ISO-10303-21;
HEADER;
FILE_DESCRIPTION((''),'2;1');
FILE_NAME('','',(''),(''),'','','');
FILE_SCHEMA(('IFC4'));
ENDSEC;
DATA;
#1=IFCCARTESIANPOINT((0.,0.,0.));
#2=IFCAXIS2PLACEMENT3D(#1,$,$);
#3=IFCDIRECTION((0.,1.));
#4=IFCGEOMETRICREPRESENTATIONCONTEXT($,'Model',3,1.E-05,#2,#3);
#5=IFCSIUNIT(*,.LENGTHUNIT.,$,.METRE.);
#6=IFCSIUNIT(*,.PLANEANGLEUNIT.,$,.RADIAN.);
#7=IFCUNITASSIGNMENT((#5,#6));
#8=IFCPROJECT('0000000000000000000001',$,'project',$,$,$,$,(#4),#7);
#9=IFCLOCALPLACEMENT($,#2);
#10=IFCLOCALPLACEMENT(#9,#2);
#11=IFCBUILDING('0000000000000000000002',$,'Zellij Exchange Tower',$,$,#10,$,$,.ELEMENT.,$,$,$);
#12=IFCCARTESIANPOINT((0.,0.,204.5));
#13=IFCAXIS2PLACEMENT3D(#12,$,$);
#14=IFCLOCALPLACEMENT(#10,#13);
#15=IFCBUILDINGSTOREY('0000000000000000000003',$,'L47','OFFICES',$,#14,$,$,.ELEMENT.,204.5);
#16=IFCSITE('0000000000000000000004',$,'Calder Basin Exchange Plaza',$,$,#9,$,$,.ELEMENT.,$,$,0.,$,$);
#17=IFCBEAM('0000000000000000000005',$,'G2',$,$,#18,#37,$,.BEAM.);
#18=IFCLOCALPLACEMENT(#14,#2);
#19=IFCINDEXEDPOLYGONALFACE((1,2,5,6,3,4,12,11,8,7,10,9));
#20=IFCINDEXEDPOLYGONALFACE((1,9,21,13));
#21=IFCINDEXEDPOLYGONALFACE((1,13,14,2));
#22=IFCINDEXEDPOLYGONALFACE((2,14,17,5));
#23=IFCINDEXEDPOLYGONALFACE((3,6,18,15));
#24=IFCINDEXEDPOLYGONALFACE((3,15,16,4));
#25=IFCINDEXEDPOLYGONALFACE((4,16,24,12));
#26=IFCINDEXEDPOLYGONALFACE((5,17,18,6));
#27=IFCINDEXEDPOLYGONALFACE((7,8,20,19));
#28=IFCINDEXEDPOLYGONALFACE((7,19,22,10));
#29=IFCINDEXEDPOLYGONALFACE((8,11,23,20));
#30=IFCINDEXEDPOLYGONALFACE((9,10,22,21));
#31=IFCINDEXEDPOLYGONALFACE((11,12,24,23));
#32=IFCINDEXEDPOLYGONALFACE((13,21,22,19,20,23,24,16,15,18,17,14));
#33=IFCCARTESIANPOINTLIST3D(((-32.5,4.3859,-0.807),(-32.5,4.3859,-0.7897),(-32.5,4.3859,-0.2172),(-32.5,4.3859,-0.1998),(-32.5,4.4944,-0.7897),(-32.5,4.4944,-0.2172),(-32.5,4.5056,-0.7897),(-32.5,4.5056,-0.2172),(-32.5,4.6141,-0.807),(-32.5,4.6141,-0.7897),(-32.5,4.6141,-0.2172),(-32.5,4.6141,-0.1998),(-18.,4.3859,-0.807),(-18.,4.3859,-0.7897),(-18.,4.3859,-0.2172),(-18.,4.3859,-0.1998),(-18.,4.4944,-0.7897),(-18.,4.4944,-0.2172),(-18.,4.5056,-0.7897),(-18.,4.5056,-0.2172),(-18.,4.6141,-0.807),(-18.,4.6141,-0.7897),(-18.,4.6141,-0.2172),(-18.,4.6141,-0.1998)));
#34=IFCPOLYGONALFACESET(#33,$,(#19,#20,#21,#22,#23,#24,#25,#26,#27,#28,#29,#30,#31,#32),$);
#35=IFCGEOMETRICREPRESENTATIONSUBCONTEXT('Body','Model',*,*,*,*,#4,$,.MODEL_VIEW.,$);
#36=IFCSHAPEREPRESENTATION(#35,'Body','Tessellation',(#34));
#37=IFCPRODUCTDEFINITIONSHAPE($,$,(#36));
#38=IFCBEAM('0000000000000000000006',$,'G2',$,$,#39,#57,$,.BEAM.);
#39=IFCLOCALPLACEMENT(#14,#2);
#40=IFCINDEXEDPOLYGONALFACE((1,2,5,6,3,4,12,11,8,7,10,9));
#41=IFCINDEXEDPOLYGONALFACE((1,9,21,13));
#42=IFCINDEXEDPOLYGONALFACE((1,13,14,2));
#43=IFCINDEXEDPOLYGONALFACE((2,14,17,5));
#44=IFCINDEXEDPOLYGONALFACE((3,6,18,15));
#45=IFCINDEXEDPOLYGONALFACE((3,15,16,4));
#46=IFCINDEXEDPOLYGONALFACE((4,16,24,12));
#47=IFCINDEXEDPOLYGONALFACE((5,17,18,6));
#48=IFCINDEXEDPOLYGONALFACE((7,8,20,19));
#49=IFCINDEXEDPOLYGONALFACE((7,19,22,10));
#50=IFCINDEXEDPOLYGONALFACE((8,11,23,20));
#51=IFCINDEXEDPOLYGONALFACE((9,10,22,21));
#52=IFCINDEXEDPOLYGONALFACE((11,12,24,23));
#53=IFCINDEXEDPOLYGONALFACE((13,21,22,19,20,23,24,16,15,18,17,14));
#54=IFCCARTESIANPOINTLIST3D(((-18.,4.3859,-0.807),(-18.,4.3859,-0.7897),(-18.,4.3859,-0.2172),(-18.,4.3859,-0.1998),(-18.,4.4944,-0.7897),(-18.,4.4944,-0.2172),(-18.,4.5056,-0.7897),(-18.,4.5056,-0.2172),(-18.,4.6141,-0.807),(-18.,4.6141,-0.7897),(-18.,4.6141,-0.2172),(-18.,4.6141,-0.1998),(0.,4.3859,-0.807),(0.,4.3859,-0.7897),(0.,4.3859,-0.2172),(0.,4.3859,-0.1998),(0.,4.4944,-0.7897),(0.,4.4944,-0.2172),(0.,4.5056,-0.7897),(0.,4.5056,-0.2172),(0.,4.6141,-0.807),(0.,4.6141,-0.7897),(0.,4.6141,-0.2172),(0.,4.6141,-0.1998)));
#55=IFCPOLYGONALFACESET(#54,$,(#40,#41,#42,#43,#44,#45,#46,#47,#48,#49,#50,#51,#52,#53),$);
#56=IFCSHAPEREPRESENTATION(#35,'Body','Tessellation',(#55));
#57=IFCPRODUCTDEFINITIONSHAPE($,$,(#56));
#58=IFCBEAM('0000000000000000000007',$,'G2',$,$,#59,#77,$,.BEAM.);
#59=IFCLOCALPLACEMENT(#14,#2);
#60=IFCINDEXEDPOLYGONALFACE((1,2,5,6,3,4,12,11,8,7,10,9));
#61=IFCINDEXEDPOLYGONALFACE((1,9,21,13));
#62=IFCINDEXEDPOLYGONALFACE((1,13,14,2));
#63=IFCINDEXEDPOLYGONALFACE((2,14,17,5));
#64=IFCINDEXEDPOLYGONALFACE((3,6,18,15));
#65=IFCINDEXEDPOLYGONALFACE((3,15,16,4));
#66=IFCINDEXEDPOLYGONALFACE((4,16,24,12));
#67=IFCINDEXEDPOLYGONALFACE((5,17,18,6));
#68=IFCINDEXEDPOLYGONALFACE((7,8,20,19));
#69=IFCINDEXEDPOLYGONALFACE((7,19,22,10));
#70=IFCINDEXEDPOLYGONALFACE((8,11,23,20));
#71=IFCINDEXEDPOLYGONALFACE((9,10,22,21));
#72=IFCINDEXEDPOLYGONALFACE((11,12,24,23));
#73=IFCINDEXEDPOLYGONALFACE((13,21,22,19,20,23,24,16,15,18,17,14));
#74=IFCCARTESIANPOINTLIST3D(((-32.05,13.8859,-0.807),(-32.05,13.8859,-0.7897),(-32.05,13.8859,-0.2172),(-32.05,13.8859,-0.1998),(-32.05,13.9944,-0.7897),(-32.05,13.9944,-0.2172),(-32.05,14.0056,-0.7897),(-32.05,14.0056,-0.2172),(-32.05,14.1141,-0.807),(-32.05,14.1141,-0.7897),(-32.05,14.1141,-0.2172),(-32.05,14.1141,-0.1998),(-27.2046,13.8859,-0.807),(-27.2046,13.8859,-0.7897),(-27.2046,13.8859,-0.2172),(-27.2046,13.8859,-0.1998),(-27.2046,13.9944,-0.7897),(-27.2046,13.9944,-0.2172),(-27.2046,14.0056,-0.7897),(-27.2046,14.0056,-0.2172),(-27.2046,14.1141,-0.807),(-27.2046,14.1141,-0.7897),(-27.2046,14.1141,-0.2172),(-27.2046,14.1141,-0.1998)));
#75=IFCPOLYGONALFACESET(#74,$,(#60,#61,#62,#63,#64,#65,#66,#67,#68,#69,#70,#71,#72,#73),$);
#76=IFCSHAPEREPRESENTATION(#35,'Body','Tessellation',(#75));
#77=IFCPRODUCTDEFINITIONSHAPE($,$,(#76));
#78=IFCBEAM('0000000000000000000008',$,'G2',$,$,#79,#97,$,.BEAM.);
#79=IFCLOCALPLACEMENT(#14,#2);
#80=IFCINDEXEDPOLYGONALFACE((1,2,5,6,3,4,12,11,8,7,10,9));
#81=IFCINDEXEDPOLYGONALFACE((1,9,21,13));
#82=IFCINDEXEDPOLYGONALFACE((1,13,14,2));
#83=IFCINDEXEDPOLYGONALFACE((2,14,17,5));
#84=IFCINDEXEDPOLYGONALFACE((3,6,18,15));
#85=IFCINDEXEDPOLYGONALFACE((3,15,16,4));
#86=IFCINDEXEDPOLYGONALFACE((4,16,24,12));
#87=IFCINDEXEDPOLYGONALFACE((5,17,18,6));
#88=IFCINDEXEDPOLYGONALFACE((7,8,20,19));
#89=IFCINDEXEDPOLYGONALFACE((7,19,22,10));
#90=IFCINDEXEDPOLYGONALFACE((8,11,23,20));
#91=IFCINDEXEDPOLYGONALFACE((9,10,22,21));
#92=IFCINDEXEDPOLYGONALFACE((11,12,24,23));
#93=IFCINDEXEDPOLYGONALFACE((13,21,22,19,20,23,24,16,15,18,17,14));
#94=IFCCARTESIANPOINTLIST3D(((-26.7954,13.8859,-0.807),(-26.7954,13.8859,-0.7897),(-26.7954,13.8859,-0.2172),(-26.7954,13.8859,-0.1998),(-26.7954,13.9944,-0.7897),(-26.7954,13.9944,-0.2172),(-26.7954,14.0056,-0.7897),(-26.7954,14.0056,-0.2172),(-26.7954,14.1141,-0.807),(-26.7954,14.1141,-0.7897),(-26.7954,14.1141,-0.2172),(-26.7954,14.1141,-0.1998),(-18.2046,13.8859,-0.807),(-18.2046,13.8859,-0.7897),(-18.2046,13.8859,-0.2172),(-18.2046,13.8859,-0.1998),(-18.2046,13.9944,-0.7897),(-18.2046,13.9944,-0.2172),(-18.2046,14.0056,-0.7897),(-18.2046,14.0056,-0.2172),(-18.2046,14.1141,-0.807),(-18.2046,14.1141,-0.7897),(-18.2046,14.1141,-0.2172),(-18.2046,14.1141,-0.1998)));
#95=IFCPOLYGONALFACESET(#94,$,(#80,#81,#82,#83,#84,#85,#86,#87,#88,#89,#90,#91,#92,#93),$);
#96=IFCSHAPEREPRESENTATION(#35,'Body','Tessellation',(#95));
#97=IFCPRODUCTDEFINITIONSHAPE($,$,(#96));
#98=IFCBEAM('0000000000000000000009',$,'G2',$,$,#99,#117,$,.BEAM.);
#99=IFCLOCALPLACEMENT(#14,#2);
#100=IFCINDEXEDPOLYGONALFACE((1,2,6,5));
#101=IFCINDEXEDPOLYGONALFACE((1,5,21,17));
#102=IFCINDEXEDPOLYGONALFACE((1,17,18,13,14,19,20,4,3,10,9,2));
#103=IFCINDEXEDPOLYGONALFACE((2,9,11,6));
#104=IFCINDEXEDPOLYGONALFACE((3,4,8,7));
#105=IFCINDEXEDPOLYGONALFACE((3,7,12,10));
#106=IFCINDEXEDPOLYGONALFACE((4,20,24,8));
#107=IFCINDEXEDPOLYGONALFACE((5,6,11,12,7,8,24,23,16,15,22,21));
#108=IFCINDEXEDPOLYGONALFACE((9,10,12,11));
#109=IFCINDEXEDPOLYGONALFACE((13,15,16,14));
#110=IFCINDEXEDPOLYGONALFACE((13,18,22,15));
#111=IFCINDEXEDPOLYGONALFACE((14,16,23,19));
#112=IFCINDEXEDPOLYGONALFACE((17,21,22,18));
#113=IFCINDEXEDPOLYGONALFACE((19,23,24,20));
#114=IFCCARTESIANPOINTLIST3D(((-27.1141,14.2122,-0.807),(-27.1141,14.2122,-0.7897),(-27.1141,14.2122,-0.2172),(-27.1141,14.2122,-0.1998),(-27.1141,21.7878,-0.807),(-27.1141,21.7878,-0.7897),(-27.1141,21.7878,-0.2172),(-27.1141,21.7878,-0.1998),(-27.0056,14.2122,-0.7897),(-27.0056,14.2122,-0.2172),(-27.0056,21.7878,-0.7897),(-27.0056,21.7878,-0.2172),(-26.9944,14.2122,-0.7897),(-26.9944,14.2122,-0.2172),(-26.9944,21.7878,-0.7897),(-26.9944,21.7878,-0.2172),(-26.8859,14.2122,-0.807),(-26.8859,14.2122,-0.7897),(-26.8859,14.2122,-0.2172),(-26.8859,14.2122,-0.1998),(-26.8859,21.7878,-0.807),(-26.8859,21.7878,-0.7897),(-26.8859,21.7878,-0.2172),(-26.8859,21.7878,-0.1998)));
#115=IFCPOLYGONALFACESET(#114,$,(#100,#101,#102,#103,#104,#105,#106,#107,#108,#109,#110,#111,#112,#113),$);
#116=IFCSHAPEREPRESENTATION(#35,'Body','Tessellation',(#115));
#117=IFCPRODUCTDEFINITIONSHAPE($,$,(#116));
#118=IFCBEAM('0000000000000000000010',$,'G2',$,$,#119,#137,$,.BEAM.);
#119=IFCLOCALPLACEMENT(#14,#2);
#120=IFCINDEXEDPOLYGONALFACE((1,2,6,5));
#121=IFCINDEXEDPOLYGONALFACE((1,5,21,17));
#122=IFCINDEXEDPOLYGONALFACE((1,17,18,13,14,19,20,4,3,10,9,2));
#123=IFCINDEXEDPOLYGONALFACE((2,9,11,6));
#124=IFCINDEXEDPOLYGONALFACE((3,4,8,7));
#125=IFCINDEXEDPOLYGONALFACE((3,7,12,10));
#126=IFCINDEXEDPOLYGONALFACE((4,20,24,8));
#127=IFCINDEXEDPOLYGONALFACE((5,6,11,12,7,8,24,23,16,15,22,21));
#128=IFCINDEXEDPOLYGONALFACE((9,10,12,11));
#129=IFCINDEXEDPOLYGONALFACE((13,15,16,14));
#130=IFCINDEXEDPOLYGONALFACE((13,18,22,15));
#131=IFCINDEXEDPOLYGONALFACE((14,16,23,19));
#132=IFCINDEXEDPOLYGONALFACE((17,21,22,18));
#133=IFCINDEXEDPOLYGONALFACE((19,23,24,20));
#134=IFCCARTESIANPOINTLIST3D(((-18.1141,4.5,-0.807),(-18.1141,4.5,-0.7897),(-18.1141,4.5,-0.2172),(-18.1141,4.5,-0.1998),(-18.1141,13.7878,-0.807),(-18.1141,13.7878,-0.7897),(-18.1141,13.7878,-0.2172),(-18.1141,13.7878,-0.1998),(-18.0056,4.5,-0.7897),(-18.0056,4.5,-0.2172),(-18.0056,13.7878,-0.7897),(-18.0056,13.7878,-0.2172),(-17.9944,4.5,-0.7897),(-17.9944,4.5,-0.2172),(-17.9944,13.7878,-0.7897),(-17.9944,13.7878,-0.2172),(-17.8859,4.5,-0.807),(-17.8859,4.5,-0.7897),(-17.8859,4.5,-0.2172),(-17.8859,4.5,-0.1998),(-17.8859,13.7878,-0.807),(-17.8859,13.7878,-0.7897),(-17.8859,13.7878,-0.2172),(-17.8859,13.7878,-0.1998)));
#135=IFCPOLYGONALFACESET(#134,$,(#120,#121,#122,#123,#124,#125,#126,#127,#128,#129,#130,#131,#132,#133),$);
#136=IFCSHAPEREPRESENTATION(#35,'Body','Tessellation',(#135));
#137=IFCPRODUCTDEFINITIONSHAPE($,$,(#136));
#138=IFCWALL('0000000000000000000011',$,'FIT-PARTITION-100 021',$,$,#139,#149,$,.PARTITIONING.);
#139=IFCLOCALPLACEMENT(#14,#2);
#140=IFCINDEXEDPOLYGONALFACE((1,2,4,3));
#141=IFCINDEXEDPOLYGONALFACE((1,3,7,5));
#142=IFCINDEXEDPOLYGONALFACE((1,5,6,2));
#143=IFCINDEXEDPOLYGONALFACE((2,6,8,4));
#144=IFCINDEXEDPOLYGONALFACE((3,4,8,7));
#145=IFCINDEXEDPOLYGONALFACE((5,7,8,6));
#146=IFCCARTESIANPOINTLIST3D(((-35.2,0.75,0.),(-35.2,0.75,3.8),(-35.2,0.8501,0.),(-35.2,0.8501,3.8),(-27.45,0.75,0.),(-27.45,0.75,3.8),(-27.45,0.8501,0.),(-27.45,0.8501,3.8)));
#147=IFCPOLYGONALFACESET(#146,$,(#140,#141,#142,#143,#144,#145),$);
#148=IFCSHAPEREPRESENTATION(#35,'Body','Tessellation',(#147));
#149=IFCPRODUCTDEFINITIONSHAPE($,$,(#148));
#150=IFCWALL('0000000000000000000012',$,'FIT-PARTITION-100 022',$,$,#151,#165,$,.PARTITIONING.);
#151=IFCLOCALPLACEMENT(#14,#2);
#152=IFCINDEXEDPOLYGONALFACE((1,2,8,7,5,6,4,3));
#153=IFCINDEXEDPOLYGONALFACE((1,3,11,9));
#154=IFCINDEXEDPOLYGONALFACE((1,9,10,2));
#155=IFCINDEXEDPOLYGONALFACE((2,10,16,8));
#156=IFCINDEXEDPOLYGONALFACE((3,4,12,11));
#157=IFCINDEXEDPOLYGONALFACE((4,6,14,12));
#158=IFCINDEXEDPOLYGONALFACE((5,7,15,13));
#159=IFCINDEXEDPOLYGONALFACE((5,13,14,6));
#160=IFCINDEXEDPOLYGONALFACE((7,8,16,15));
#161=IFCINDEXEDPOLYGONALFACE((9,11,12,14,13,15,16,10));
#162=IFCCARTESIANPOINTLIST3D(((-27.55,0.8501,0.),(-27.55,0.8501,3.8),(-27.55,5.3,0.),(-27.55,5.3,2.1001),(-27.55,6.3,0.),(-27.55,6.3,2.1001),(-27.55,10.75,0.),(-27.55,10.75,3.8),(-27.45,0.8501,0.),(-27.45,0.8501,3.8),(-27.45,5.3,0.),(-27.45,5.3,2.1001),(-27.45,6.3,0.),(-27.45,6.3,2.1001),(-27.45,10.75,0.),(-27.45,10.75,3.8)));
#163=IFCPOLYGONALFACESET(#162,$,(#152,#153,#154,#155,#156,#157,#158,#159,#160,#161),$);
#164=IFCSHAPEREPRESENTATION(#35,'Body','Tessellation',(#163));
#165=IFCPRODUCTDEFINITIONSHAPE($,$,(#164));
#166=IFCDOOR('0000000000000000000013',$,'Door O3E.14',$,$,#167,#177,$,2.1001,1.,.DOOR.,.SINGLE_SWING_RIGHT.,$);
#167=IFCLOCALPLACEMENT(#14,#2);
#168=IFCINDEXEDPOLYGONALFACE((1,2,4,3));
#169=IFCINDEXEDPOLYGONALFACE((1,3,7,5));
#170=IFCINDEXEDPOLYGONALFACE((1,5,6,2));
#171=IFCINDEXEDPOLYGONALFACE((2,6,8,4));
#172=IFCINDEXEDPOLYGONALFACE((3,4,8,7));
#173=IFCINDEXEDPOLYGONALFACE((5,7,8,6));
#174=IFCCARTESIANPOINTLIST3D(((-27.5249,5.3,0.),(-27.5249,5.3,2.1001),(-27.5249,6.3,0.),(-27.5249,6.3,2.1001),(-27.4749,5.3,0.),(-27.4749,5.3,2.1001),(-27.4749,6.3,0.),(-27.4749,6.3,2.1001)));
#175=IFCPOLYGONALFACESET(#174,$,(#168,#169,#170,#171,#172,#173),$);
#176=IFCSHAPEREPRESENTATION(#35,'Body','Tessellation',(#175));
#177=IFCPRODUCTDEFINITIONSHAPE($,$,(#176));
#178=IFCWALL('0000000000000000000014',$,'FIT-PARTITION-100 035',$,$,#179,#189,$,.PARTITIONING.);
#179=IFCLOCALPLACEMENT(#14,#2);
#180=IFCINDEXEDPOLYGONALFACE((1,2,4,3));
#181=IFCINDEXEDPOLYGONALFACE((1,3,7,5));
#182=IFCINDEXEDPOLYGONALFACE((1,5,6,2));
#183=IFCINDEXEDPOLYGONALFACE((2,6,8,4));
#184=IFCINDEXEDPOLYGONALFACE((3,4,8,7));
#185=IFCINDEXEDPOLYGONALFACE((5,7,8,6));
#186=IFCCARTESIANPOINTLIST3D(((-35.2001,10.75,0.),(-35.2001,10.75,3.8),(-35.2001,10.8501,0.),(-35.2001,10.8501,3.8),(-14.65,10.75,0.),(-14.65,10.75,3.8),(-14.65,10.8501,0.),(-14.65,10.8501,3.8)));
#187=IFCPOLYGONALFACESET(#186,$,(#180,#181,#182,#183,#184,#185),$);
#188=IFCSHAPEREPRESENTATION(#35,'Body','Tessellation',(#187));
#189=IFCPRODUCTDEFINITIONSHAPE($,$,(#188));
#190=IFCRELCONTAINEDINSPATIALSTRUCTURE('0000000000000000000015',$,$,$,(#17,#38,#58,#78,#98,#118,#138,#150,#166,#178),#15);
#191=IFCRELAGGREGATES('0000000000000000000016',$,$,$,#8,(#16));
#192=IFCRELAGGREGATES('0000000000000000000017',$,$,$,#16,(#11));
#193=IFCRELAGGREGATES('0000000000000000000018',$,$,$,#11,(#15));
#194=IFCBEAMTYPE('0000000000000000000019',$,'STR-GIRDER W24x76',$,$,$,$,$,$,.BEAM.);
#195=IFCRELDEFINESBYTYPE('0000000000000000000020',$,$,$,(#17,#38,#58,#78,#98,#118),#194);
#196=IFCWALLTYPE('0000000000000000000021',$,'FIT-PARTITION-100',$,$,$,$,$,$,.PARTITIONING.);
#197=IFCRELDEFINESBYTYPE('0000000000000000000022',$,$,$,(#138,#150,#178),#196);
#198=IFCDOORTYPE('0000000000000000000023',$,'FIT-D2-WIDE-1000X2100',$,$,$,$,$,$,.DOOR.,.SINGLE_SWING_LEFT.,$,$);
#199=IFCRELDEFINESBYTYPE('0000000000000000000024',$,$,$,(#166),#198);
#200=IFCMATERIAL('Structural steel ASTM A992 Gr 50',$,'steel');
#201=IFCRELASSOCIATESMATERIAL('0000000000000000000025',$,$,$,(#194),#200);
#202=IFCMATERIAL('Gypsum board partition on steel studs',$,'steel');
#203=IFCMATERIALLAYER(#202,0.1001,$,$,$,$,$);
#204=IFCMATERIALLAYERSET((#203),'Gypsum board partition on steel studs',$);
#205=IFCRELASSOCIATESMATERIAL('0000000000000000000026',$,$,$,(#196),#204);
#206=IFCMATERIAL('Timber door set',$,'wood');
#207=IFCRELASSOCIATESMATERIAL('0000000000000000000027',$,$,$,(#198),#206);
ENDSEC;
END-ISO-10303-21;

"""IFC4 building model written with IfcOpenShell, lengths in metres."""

from ifc_helpers import new_model, si_unit, direction, frame, frame_2d, origin, origin_2d, place, context, subcontext, project, spatial, rectangle, i_section, extrude, material, layer, layer_set, material_profile, profile_set, type_object, element, fill, save


model = new_model("IFC4")

# Units and contexts
model_context = context("Model", 3, precision=1e-05, world=origin(), true_north=direction((0.0, 1.0)))
body_context = subcontext(model_context, "Body", "Model", "MODEL_VIEW")
ifc_project = project(units=[si_unit("LENGTHUNIT", "METRE"), si_unit("PLANEANGLEUNIT", "RADIAN")], contexts=[model_context])

# Site, building, storey
site_placement = place(None, origin())
site = spatial("IfcSite", under=ifc_project, at=site_placement, Name="Calder Basin Exchange Plaza", CompositionType="ELEMENT", RefElevation=0.0)
building_placement = place(site_placement, origin())
building = spatial("IfcBuilding", under=site, at=building_placement, Name="Zellij Exchange Tower", CompositionType="ELEMENT")
storey_placement = place(building_placement, frame((0.0, 0.0, 204.5)))
storey = spatial("IfcBuildingStorey", under=building, at=storey_placement, Name="L47", Description="OFFICES", CompositionType="ELEMENT", Elevation=204.5)

# Beams
ifc_material_1 = material(Name="Structural steel ASTM A992 Gr 50", Category="steel")
ifc_material_profile_1 = material_profile(ifc_material_1, i_section(OverallWidth=0.2283, OverallDepth=0.6072, WebThickness=0.0112, FlangeThickness=0.0173, at=origin_2d()), Name="W24x76")
ifc_profile_set_1 = profile_set([ifc_material_profile_1], Name="Structural steel ASTM A992 Gr 50")
beam_type_1 = type_object("IfcBeamType", Name="STR-GIRDER W24x76", PredefinedType="BEAM", material=ifc_profile_set_1)
beam_1_placement = place(storey_placement, frame((-32.5, 4.5, -0.5034), z_axis=(1.0, 0.0, 0.0), x_axis=(0.0, 1.0, 0.0)))
element("IfcBeam", 1, at=beam_1_placement, inside=storey, type_object=beam_type_1, Name="G2", PredefinedType="BEAM", context=body_context, shape_type="SweptSolid", body=[
    extrude(i_section(OverallWidth=0.2283, OverallDepth=0.6072, WebThickness=0.0112, FlangeThickness=0.0173, at=origin_2d()), origin(), (0.0, 0.0, 1.0), 14.5),
])
beam_2_placement = place(storey_placement, frame((-18.0, 4.5, -0.5034), z_axis=(1.0, 0.0, 0.0), x_axis=(0.0, 1.0, 0.0)))
element("IfcBeam", 2, at=beam_2_placement, inside=storey, type_object=beam_type_1, Name="G2", PredefinedType="BEAM", context=body_context, shape_type="SweptSolid", body=[
    extrude(i_section(OverallWidth=0.2283, OverallDepth=0.6072, WebThickness=0.0112, FlangeThickness=0.0173, at=origin_2d()), origin(), (0.0, 0.0, 1.0), 18.0),
])
beam_3_placement = place(storey_placement, frame((-32.05, 14.0, -0.5034), z_axis=(1.0, 0.0, 0.0), x_axis=(0.0, 1.0, 0.0)))
element("IfcBeam", 3, at=beam_3_placement, inside=storey, type_object=beam_type_1, Name="G2", PredefinedType="BEAM", context=body_context, shape_type="SweptSolid", body=[
    extrude(i_section(OverallWidth=0.2283, OverallDepth=0.6072, WebThickness=0.0112, FlangeThickness=0.0173, at=origin_2d()), origin(), (0.0, 0.0, 1.0), 4.8455),
])
beam_4_placement = place(storey_placement, frame((-26.7954, 14.0, -0.5034), z_axis=(1.0, 0.0, 0.0), x_axis=(0.0, 1.0, 0.0)))
element("IfcBeam", 4, at=beam_4_placement, inside=storey, type_object=beam_type_1, Name="G2", PredefinedType="BEAM", context=body_context, shape_type="SweptSolid", body=[
    extrude(i_section(OverallWidth=0.2283, OverallDepth=0.6072, WebThickness=0.0112, FlangeThickness=0.0173, at=origin_2d()), origin(), (0.0, 0.0, 1.0), 8.5908),
])
beam_5_placement = place(storey_placement, frame((-27.0, 14.2122, -0.5034), z_axis=(0.0, 1.0, 0.0), x_axis=(-1.0, 0.0, 0.0)))
element("IfcBeam", 5, at=beam_5_placement, inside=storey, type_object=beam_type_1, Name="G2", PredefinedType="BEAM", context=body_context, shape_type="SweptSolid", body=[
    extrude(i_section(OverallWidth=0.2283, OverallDepth=0.6072, WebThickness=0.0112, FlangeThickness=0.0173, at=origin_2d()), origin(), (0.0, 0.0, 1.0), 7.5757),
])
beam_6_placement = place(storey_placement, frame((-18.0, 4.5, -0.5034), z_axis=(0.0, 1.0, 0.0), x_axis=(-1.0, 0.0, 0.0)))
element("IfcBeam", 6, at=beam_6_placement, inside=storey, type_object=beam_type_1, Name="G2", PredefinedType="BEAM", context=body_context, shape_type="SweptSolid", body=[
    extrude(i_section(OverallWidth=0.2283, OverallDepth=0.6072, WebThickness=0.0112, FlangeThickness=0.0173, at=origin_2d()), origin(), (0.0, 0.0, 1.0), 9.2878),
])

# Wall
ifc_material_2 = material(Name="Gypsum board partition on steel studs", Category="steel")
ifc_layer_1 = layer(ifc_material_2, 0.1001)
ifc_layer_set_1 = layer_set([ifc_layer_1], Name="Gypsum board partition on steel studs")
wall_type = type_object("IfcWallType", Name="FIT-PARTITION-100", PredefinedType="PARTITIONING", material=ifc_layer_set_1)
wall_1_placement = place(storey_placement, frame((-35.2, 0.8, 0.0), z_axis=(0.0, 0.0, 1.0), x_axis=(1.0, 0.0, 0.0)))
element("IfcWall", 7, at=wall_1_placement, inside=storey, type_object=wall_type, Name="FIT-PARTITION-100 021", PredefinedType="PARTITIONING", context=body_context, shape_type="SweptSolid", body=[
    extrude(rectangle(XDim=7.75, YDim=0.1001, at=frame_2d((3.875, 0.0))), origin(), (0.0, 0.0, 1.0), 3.8),
])

# Wall, opening, door
wall_2_placement = place(storey_placement, frame((-27.5, 0.8501, 0.0), z_axis=(0.0, 0.0, 1.0), x_axis=(0.0, 1.0, 0.0)))
wall_2 = element("IfcWall", 8, at=wall_2_placement, inside=storey, type_object=wall_type, Name="FIT-PARTITION-100 022", PredefinedType="PARTITIONING", context=body_context, shape_type="SweptSolid", body=[
    extrude(rectangle(XDim=9.8999, YDim=0.1001, at=frame_2d((4.95, 0.0))), origin(), (0.0, 0.0, 1.0), 3.8),
])
opening_1_placement = place(wall_2_placement, frame((4.45, 0.0, 0.0)))
opening_1 = element("IfcOpeningElement", 9, at=opening_1_placement, cuts=wall_2, PredefinedType="OPENING", context=body_context, shape_type="SweptSolid", body=[
    extrude(rectangle(XDim=1.0, YDim=2.1001, at=frame_2d((0.5, 1.05))), frame((0.0, 0.062, 0.0), z_axis=(0.0, -1.0, 0.0), x_axis=(1.0, 0.0, 0.0)), (0.0, 0.0, 1.0), 0.124),
])
ifc_material_3 = material(Name="Timber door set", Category="wood")
door_type_1 = type_object("IfcDoorType", Name="FIT-D2-WIDE-1000X2100", OperationType="SINGLE_SWING_LEFT", PredefinedType="DOOR", material=ifc_material_3)
door_1_placement = place(opening_1_placement, origin())
door_1 = element("IfcDoor", 10, at=door_1_placement, inside=storey, type_object=door_type_1, Name="Door O3E.14", OperationType="SINGLE_SWING_RIGHT", OverallHeight=2.1001, OverallWidth=1.0, PredefinedType="DOOR", context=body_context, shape_type="SweptSolid", body=[
    extrude(rectangle(XDim=1.0, YDim=2.1001, at=frame_2d((0.5, 1.05))), frame((0.0, 0.0249, 0.0), z_axis=(0.0, -1.0, 0.0), x_axis=(1.0, 0.0, 0.0)), (0.0, 0.0, 1.0), 0.05),
])
fill(opening_1, door_1)

# Wall
wall_3_placement = place(storey_placement, frame((-35.2, 10.8, 0.0), z_axis=(0.0, 0.0, 1.0), x_axis=(1.0, 0.0, 0.0)))
element("IfcWall", 11, at=wall_3_placement, inside=storey, type_object=wall_type, Name="FIT-PARTITION-100 035", PredefinedType="PARTITIONING", context=body_context, shape_type="SweptSolid", body=[
    extrude(rectangle(XDim=20.55, YDim=0.1001, at=frame_2d((10.2749, 0.0))), origin(), (0.0, 0.0, 1.0), 3.8),
])

save(model, "model.ifc")
